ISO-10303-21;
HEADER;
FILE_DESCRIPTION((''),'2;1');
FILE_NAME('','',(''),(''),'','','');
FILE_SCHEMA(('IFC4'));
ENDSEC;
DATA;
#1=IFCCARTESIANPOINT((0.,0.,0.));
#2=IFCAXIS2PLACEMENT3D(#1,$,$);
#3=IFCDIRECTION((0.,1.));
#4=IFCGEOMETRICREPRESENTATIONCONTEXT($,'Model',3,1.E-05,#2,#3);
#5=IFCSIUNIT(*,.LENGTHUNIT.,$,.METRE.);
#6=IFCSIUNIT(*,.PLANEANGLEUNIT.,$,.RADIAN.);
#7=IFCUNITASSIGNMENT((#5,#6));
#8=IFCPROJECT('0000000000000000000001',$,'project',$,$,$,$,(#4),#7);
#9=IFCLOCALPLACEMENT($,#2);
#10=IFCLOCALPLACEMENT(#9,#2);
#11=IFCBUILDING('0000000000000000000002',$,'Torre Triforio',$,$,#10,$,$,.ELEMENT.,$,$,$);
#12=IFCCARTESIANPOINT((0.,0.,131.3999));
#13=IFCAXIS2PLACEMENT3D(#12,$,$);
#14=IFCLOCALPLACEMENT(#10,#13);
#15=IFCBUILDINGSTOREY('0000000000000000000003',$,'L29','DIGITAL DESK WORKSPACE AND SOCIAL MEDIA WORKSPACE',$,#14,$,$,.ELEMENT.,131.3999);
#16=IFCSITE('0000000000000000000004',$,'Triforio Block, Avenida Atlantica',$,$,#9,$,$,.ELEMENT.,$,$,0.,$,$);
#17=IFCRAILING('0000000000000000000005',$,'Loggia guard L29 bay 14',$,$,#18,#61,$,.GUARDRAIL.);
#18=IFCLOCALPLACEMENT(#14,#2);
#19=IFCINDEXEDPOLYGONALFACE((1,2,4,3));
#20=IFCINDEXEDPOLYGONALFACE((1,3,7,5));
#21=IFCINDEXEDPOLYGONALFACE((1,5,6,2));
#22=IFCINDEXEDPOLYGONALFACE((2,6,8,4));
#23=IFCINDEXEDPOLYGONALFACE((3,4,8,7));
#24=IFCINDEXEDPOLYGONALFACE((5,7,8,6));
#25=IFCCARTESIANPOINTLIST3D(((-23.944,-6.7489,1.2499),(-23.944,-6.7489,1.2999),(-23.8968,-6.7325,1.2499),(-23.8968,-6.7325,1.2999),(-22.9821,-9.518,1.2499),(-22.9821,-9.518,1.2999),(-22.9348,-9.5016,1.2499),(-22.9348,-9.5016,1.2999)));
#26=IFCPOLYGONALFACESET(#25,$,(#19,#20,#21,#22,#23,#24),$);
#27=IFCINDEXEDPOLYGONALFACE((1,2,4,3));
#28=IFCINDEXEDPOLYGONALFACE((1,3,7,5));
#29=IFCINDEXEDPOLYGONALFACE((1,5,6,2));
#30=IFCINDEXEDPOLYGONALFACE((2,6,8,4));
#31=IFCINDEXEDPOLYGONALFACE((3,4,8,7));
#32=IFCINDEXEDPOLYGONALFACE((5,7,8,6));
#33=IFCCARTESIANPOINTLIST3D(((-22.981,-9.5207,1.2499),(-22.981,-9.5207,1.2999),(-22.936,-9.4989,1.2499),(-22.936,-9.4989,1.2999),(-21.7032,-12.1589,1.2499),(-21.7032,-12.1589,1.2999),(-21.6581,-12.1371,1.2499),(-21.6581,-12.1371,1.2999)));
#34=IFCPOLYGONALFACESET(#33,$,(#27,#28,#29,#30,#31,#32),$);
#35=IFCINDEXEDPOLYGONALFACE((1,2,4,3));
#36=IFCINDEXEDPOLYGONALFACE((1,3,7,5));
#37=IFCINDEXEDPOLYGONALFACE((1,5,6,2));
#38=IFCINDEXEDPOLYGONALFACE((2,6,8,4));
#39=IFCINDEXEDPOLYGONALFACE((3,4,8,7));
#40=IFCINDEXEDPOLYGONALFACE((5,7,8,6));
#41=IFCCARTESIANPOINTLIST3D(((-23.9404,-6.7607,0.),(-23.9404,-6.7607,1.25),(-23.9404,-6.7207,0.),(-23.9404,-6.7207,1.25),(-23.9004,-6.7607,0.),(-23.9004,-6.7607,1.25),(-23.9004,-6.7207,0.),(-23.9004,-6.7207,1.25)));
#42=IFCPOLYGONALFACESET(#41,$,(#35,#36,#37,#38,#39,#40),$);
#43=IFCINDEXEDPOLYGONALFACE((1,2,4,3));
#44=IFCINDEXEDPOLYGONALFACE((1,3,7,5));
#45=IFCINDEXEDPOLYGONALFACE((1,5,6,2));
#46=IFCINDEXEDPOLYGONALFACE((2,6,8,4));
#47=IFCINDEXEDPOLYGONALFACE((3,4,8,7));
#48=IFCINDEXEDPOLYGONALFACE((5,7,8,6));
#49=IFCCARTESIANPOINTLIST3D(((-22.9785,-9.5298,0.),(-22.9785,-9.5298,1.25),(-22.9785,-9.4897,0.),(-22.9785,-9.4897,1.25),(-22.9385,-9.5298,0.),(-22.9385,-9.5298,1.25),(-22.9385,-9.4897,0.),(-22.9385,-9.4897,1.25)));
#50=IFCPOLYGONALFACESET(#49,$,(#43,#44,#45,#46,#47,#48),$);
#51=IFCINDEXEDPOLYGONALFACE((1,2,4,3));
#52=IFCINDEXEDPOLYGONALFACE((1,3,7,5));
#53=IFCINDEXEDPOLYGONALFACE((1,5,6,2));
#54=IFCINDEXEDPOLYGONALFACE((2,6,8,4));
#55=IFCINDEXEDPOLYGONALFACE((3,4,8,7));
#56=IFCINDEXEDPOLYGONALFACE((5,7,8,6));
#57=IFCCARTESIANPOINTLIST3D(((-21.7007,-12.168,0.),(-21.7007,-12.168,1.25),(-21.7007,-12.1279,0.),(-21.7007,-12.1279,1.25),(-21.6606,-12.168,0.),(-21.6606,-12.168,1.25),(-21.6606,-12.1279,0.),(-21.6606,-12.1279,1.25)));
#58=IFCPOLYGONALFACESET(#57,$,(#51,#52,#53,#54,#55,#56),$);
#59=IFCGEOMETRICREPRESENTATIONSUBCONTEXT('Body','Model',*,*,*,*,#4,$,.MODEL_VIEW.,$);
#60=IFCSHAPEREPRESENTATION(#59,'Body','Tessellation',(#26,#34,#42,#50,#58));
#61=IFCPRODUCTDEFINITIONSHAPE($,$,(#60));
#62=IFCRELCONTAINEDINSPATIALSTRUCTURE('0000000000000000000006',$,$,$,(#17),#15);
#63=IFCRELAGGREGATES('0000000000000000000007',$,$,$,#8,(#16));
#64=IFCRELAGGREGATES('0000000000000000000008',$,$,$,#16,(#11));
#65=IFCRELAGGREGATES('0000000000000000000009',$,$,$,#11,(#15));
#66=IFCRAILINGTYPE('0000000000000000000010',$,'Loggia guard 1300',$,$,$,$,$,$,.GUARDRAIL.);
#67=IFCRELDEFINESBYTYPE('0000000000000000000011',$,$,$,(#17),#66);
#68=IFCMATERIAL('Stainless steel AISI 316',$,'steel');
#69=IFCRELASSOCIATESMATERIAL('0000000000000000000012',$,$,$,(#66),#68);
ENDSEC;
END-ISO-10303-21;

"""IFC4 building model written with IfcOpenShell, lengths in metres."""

from ifc_helpers import new_model, si_unit, direction, frame, origin, origin_2d, place, context, subcontext, project, spatial, rectangle, extrude, material, type_object, element, save


model = new_model("IFC4")

# Units and contexts
model_context = context("Model", 3, precision=1e-05, world=origin(), true_north=direction((0.0, 1.0)))
body_context = subcontext(model_context, "Body", "Model", "MODEL_VIEW")
ifc_project = project(units=[si_unit("LENGTHUNIT", "METRE"), si_unit("PLANEANGLEUNIT", "RADIAN")], contexts=[model_context])

# Site, building, storey
site_placement = place(None, origin())
site = spatial("IfcSite", under=ifc_project, at=site_placement, Name="Triforio Block, Avenida Atlantica", CompositionType="ELEMENT", RefElevation=0.0)
building_placement = place(site_placement, origin())
building = spatial("IfcBuilding", under=site, at=building_placement, Name="Torre Triforio", CompositionType="ELEMENT")
storey_placement = place(building_placement, frame((0.0, 0.0, 131.3999)))
storey = spatial("IfcBuildingStorey", under=building, at=storey_placement, Name="L29", Description="DIGITAL DESK WORKSPACE AND SOCIAL MEDIA WORKSPACE", CompositionType="ELEMENT", Elevation=131.3999)

# Railing
ifc_material_1 = material(Name="Stainless steel AISI 316", Category="steel")
railing_type = type_object("IfcRailingType", Name="Loggia guard 1300", PredefinedType="GUARDRAIL", material=ifc_material_1)
railing_1_placement = place(storey_placement, frame((-23.9204, -6.7407, 0.0)))
element("IfcRailing", 1, at=railing_1_placement, inside=storey, type_object=railing_type, Name="Loggia guard L29 bay 14", PredefinedType="GUARDRAIL", context=body_context, shape_type="SweptSolid", body=[
    extrude(rectangle(XDim=0.05, YDim=0.05, at=origin_2d()), frame((0.0, 0.0, 1.2749), z_axis=(0.328146, -0.944627, 0.0), x_axis=(0.944627, 0.328146, 0.0)), (0.0, 0.0, 1.0), 2.9314),
    extrude(rectangle(XDim=0.05, YDim=0.05, at=origin_2d()), frame((0.9619, -2.769, 1.2749), z_axis=(0.435918, -0.899986, 0.0), x_axis=(0.899986, 0.435918, 0.0)), (0.0, 0.0, 1.0), 2.9314),
    extrude(rectangle(XDim=0.04, YDim=0.04, at=origin_2d()), origin(), (0.0, 0.0, 1.0), 1.25),
    extrude(rectangle(XDim=0.04, YDim=0.04, at=origin_2d()), frame((0.9619, -2.769, 0.0)), (0.0, 0.0, 1.0), 1.25),
    extrude(rectangle(XDim=0.04, YDim=0.04, at=origin_2d()), frame((2.2397, -5.4072, 0.0)), (0.0, 0.0, 1.0), 1.25),
])

save(model, "model.ifc")
